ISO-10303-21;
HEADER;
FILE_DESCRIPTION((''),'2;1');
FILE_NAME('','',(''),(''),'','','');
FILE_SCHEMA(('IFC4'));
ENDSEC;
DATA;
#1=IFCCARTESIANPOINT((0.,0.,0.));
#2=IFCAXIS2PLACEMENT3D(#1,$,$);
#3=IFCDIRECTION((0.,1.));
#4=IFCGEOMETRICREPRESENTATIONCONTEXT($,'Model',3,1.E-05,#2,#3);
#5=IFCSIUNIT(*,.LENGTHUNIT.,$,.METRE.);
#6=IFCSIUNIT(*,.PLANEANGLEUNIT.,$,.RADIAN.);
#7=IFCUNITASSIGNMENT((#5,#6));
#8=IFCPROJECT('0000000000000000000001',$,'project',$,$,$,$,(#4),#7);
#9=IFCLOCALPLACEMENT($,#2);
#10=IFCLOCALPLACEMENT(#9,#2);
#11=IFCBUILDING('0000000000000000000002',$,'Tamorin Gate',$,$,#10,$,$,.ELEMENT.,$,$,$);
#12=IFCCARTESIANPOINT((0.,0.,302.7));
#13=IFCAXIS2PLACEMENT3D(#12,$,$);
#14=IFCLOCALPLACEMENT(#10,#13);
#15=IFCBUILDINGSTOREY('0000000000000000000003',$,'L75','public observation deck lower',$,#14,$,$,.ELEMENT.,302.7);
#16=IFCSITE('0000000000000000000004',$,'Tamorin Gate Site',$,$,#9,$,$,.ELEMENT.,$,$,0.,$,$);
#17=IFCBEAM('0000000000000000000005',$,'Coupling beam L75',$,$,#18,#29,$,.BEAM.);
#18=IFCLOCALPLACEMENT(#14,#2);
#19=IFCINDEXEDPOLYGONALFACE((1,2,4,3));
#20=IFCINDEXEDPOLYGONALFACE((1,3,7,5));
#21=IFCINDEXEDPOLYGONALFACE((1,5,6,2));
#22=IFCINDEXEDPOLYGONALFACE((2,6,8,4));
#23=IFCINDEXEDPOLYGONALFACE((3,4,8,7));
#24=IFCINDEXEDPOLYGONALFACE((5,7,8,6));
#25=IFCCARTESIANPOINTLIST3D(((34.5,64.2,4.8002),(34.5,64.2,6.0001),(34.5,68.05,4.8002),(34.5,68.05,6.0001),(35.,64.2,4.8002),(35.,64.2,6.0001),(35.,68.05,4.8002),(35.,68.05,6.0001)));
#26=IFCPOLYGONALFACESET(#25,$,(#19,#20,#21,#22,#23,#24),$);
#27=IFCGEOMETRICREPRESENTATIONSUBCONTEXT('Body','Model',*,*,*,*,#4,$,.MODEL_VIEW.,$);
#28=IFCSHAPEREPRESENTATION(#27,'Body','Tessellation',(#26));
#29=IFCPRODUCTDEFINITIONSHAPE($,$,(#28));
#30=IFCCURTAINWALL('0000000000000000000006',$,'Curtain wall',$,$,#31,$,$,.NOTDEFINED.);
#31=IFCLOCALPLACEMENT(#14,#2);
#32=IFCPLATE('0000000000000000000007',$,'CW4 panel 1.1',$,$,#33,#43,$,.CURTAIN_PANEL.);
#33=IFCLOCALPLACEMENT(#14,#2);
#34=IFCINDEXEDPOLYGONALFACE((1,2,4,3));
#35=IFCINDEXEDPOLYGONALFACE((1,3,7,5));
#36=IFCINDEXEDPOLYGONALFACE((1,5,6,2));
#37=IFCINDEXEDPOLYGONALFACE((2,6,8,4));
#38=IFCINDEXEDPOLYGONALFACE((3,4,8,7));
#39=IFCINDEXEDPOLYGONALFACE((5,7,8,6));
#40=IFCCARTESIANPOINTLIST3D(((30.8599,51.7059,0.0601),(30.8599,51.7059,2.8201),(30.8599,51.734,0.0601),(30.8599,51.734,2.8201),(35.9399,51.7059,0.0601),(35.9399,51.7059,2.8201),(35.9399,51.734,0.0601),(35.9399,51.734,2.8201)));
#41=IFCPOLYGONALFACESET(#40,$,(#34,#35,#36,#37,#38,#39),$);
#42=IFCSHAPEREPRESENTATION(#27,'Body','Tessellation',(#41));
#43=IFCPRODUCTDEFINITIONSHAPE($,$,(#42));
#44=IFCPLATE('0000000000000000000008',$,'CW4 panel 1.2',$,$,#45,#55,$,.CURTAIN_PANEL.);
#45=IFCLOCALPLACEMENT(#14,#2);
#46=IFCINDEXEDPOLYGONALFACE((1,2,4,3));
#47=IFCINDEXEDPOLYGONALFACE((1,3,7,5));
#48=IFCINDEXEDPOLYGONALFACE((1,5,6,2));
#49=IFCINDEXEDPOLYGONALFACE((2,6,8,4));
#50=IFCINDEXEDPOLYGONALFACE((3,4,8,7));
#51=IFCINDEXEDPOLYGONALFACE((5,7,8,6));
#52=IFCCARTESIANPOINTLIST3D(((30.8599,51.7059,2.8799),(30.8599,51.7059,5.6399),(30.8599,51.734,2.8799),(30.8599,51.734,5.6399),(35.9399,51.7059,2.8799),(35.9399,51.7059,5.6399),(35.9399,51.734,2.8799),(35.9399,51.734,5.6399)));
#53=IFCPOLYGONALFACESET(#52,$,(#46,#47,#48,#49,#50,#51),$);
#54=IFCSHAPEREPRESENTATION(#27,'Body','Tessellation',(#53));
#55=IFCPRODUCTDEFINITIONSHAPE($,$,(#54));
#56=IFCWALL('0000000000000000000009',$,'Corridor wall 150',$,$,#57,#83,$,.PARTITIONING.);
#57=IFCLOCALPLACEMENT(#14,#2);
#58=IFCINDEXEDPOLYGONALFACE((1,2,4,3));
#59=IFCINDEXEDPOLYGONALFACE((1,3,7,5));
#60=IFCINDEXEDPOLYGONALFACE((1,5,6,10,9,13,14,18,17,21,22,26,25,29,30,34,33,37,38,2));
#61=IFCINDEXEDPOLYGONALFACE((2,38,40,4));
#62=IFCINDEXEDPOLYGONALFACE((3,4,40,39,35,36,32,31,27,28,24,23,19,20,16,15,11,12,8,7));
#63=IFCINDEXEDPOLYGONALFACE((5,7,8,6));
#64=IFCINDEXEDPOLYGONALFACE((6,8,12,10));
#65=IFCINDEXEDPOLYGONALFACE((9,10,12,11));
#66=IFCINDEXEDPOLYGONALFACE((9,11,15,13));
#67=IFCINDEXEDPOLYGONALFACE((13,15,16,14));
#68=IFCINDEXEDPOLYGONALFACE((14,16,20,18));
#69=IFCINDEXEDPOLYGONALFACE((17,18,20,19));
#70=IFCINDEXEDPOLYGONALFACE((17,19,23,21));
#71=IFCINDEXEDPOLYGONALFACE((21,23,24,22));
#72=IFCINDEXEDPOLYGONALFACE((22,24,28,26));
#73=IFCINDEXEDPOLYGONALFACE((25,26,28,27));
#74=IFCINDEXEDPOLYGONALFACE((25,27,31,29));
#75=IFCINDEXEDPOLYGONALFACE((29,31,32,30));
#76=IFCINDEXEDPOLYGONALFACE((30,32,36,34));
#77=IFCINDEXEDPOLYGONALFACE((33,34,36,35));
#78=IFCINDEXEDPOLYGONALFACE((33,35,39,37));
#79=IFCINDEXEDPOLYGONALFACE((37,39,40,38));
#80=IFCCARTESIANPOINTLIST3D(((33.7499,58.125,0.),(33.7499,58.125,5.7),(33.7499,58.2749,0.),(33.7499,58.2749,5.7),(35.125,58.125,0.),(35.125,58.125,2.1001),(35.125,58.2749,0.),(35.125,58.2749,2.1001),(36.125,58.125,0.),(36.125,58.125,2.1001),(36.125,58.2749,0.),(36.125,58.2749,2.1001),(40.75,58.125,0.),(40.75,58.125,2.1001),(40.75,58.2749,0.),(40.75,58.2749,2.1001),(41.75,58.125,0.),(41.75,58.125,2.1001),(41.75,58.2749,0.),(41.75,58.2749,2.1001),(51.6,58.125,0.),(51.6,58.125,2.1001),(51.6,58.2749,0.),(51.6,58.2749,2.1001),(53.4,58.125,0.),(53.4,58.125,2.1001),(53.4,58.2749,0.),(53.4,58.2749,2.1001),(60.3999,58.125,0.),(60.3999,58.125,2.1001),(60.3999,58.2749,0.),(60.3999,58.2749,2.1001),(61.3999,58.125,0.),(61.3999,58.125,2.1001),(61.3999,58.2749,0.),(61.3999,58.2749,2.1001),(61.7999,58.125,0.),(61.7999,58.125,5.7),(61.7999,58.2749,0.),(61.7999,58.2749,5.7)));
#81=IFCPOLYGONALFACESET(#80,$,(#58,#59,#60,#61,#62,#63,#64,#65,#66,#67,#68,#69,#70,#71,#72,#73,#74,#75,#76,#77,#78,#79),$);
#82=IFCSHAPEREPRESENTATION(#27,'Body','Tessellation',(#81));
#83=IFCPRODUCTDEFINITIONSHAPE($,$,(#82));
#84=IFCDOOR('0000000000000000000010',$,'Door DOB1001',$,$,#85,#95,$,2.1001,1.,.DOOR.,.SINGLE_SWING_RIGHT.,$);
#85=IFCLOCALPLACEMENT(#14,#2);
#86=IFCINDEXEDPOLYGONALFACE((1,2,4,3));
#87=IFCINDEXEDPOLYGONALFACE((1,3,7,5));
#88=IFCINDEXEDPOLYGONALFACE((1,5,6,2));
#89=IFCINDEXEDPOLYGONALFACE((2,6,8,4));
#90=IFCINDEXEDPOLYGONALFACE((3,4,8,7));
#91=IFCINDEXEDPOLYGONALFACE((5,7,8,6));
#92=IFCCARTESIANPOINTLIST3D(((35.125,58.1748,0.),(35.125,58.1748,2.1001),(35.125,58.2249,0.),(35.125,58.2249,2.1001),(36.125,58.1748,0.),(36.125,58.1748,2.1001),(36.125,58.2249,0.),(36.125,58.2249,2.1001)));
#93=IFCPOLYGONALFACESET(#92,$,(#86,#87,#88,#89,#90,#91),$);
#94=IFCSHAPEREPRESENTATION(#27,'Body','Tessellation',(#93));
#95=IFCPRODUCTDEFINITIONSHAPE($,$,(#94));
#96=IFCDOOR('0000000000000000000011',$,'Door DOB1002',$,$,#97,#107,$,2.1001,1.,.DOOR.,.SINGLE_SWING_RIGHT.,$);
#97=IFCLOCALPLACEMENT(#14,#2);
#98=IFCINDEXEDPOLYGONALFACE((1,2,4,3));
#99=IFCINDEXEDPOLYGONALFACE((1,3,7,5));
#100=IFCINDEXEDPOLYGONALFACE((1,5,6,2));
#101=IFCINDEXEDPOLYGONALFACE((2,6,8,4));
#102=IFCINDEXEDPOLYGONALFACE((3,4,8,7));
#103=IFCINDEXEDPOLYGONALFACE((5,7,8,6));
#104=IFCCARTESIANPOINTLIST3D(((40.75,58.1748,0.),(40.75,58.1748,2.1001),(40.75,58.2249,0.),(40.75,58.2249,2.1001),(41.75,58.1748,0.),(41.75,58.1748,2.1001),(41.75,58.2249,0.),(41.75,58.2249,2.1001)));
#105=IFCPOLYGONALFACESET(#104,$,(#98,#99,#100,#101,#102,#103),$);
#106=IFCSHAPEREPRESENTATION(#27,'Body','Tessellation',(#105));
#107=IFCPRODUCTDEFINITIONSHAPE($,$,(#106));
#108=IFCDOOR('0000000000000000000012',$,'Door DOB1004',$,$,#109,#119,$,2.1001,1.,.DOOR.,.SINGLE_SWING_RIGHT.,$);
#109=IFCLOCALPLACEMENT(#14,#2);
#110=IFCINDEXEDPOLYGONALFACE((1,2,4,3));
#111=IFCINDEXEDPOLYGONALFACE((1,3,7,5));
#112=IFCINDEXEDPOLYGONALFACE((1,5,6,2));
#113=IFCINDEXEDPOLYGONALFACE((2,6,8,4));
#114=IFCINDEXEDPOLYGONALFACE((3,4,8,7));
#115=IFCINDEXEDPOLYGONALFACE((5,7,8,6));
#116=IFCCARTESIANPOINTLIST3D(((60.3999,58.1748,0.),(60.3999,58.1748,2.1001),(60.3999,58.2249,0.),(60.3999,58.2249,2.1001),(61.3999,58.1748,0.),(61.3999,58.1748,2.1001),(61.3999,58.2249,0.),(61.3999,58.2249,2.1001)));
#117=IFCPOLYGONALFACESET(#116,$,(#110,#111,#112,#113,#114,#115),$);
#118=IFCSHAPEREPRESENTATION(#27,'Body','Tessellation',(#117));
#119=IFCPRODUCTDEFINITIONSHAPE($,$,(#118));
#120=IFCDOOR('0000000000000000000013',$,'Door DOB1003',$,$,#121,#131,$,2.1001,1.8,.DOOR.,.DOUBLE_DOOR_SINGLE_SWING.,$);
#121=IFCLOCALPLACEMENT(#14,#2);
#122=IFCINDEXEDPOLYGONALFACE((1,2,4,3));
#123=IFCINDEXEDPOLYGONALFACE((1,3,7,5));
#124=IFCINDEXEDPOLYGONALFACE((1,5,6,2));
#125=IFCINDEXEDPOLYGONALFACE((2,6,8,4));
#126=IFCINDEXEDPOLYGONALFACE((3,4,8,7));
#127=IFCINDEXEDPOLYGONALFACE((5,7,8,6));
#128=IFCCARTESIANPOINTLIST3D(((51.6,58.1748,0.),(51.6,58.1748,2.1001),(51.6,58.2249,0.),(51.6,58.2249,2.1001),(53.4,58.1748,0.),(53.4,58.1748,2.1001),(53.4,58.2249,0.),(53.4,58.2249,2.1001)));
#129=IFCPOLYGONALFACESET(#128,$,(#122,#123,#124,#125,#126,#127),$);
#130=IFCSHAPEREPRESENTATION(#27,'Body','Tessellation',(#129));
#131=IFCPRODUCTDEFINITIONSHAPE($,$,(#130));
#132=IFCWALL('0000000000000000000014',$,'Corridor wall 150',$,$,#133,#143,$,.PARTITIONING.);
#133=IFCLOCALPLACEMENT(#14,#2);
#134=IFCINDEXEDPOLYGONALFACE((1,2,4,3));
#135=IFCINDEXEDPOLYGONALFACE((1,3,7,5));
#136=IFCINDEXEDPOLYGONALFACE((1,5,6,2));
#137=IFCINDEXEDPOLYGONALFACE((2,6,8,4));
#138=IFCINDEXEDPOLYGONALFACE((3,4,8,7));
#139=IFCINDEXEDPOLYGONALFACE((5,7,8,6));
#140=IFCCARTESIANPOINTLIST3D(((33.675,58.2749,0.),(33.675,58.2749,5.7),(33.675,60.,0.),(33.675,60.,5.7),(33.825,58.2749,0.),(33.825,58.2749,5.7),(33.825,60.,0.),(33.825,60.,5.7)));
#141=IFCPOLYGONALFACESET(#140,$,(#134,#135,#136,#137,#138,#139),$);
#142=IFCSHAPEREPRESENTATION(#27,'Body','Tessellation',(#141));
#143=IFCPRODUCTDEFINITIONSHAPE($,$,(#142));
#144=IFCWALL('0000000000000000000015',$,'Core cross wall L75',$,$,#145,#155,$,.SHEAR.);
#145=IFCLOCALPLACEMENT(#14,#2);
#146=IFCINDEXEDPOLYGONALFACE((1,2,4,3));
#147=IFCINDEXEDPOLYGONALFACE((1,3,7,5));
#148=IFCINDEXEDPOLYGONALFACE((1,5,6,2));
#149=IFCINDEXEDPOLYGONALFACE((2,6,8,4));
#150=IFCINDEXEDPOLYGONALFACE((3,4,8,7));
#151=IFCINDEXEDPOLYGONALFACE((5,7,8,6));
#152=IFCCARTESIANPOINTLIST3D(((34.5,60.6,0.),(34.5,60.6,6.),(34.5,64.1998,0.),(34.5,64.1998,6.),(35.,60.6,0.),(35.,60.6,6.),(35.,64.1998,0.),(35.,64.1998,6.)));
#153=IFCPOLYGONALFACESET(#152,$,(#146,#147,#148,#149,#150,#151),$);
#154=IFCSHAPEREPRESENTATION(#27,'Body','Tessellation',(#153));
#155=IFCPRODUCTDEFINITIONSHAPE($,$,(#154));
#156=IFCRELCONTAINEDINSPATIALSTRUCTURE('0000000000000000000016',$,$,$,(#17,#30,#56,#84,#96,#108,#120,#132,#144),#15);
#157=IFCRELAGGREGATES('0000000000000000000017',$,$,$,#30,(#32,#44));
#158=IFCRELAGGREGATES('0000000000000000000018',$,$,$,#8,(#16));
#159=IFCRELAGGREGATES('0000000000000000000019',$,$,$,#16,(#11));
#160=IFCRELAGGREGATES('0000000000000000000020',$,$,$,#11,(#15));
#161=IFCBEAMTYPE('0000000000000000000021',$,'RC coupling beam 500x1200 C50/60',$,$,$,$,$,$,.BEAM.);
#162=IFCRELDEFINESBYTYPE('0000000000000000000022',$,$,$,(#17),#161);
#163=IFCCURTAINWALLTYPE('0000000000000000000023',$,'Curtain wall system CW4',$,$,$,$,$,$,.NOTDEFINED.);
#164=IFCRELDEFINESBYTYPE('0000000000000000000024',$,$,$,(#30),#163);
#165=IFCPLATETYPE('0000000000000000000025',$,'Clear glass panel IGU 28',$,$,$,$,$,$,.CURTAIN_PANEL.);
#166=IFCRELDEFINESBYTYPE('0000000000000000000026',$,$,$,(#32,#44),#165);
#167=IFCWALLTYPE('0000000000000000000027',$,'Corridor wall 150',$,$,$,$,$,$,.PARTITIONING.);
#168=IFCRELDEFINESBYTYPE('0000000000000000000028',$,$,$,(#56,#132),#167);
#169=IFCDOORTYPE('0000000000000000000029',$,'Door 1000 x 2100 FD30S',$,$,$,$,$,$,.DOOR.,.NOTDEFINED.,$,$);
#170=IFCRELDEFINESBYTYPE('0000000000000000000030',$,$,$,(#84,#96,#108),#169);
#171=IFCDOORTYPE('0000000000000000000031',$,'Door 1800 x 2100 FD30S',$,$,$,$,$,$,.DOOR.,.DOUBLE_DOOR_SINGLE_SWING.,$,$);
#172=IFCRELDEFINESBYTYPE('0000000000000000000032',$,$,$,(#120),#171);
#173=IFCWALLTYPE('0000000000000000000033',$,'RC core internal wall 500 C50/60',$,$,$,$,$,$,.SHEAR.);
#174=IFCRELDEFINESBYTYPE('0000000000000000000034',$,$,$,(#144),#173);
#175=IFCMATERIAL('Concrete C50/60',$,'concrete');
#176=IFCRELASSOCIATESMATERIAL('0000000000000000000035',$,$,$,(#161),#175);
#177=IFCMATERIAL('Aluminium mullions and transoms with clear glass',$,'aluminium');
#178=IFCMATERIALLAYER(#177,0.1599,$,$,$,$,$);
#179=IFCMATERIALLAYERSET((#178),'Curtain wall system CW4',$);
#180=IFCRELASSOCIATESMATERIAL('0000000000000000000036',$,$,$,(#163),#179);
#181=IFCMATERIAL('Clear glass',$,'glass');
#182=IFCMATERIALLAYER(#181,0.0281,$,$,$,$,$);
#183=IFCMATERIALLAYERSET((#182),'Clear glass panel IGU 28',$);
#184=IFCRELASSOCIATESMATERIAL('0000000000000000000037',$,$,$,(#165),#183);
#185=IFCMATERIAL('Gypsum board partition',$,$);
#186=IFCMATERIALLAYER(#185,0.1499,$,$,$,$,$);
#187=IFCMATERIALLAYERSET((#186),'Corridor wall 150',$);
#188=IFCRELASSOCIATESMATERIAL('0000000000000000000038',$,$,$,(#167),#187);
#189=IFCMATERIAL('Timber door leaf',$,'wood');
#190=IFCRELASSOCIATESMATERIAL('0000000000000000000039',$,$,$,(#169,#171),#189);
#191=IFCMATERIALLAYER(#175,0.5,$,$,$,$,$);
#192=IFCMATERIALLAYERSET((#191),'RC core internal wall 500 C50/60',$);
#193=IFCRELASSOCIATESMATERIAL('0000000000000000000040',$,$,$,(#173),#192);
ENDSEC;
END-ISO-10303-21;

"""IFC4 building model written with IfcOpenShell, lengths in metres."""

from ifc_helpers import new_model, si_unit, direction, frame, frame_2d, origin, origin_2d, place, context, subcontext, project, spatial, rectangle, extrude, material, layer, layer_set, material_profile, profile_set, type_object, element, fill, aggregate, save


model = new_model("IFC4")

# Units and contexts
model_context = context("Model", 3, precision=1e-05, world=origin(), true_north=direction((0.0, 1.0)))
body_context = subcontext(model_context, "Body", "Model", "MODEL_VIEW")
ifc_project = project(units=[si_unit("LENGTHUNIT", "METRE"), si_unit("PLANEANGLEUNIT", "RADIAN")], contexts=[model_context])

# Site, building, storey
site_placement = place(None, origin())
site = spatial("IfcSite", under=ifc_project, at=site_placement, Name="Tamorin Gate Site", CompositionType="ELEMENT", RefElevation=0.0)
building_placement = place(site_placement, origin())
building = spatial("IfcBuilding", under=site, at=building_placement, Name="Tamorin Gate", CompositionType="ELEMENT")
storey_placement = place(building_placement, frame((0.0, 0.0, 302.7)))
storey = spatial("IfcBuildingStorey", under=building, at=storey_placement, Name="L75", Description="public observation deck lower", CompositionType="ELEMENT", Elevation=302.7)

# Beam
ifc_material_1 = material(Name="Concrete C50/60", Category="concrete")
ifc_material_profile = material_profile(ifc_material_1, rectangle(XDim=0.5, YDim=1.2, at=origin_2d()), Name="RC 500x1200")
ifc_profile_set = profile_set([ifc_material_profile], Name="Concrete C50/60")
beam_type = type_object("IfcBeamType", Name="RC coupling beam 500x1200 C50/60", PredefinedType="BEAM", material=ifc_profile_set)
beam_placement = place(storey_placement, frame((34.75, 64.2, 5.4001), z_axis=(0.0, 1.0, 0.0), x_axis=(-1.0, 0.0, 0.0)))
element("IfcBeam", 1, at=beam_placement, inside=storey, type_object=beam_type, Name="Coupling beam L75", PredefinedType="BEAM", context=body_context, shape_type="SweptSolid", body=[
    extrude(rectangle(XDim=0.5, YDim=1.2, at=origin_2d()), origin(), (0.0, 0.0, 1.0), 3.8501),
])

# Curtain wall, plates
ifc_material_2 = material(Name="Aluminium mullions and transoms with clear glass", Category="aluminium")
ifc_layer_1 = layer(ifc_material_2, 0.1599)
ifc_layer_set_1 = layer_set([ifc_layer_1], Name="Curtain wall system CW4")
curtain_wall_type = type_object("IfcCurtainWallType", Name="Curtain wall system CW4", PredefinedType="NOTDEFINED", material=ifc_layer_set_1)
curtain_wall_placement = place(storey_placement, origin())
curtain_wall = element("IfcCurtainWall", 2, at=curtain_wall_placement, inside=storey, type_object=curtain_wall_type, Name="Curtain wall", PredefinedType="NOTDEFINED")
ifc_material_3 = material(Name="Clear glass", Category="glass")
ifc_layer_2 = layer(ifc_material_3, 0.0281)
ifc_layer_set_2 = layer_set([ifc_layer_2], Name="Clear glass panel IGU 28")
plate_type = type_object("IfcPlateType", Name="Clear glass panel IGU 28", PredefinedType="CURTAIN_PANEL", material=ifc_layer_set_2)
plate_1_placement = place(storey_placement, frame((33.3999, 51.72, 0.0601), z_axis=(0.0, 0.0, 1.0), x_axis=(1.0, 0.0, 0.0)))
plate_1 = element("IfcPlate", 3, at=plate_1_placement, type_object=plate_type, Name="CW4 panel 1.1", PredefinedType="CURTAIN_PANEL", context=body_context, shape_type="SweptSolid", body=[
    extrude(rectangle(XDim=5.0801, YDim=0.0281, at=origin_2d()), origin(), (0.0, 0.0, 1.0), 2.76),
])
plate_2_placement = place(storey_placement, frame((33.3999, 51.72, 2.8799), z_axis=(0.0, 0.0, 1.0), x_axis=(1.0, 0.0, 0.0)))
plate_2 = element("IfcPlate", 4, at=plate_2_placement, type_object=plate_type, Name="CW4 panel 1.2", PredefinedType="CURTAIN_PANEL", context=body_context, shape_type="SweptSolid", body=[
    extrude(rectangle(XDim=5.0801, YDim=0.0281, at=origin_2d()), origin(), (0.0, 0.0, 1.0), 2.76),
])
aggregate(curtain_wall, [plate_1, plate_2])

# Wall, openings, doors
ifc_material_4 = material(Name="Gypsum board partition")
ifc_layer_3 = layer(ifc_material_4, 0.1499)
ifc_layer_set_3 = layer_set([ifc_layer_3], Name="Corridor wall 150")
wall_type_1 = type_object("IfcWallType", Name="Corridor wall 150", PredefinedType="PARTITIONING", material=ifc_layer_set_3)
wall_1_placement = place(storey_placement, frame((33.75, 58.2, 0.0), z_axis=(0.0, 0.0, 1.0), x_axis=(1.0, 0.0, 0.0)))
wall_1 = element("IfcWall", 5, at=wall_1_placement, inside=storey, type_object=wall_type_1, Name="Corridor wall 150", PredefinedType="PARTITIONING", context=body_context, shape_type="SweptSolid", body=[
    extrude(rectangle(XDim=28.05, YDim=0.1499, at=frame_2d((14.0249, 0.0))), origin(), (0.0, 0.0, 1.0), 5.7),
])
opening_1_placement = place(wall_1_placement, frame((1.375, 0.0, 0.0)))
opening_1 = element("IfcOpeningElement", 6, at=opening_1_placement, cuts=wall_1, PredefinedType="OPENING", context=body_context, shape_type="SweptSolid", body=[
    extrude(rectangle(XDim=1.0, YDim=2.1001, at=frame_2d((0.5, 1.05))), frame((0.0, 0.085, 0.0), z_axis=(0.0, -1.0, 0.0), x_axis=(1.0, 0.0, 0.0)), (0.0, 0.0, 1.0), 0.1699),
])
opening_2_placement = place(wall_1_placement, frame((7.0, 0.0, 0.0)))
opening_2 = element("IfcOpeningElement", 7, at=opening_2_placement, cuts=wall_1, PredefinedType="OPENING", context=body_context, shape_type="SweptSolid", body=[
    extrude(rectangle(XDim=1.0, YDim=2.1001, at=frame_2d((0.5, 1.05))), frame((0.0, 0.085, 0.0), z_axis=(0.0, -1.0, 0.0), x_axis=(1.0, 0.0, 0.0)), (0.0, 0.0, 1.0), 0.1699),
])
opening_3_placement = place(wall_1_placement, frame((17.8501, 0.0, 0.0)))
opening_3 = element("IfcOpeningElement", 8, at=opening_3_placement, cuts=wall_1, PredefinedType="OPENING", context=body_context, shape_type="SweptSolid", body=[
    extrude(rectangle(XDim=1.8, YDim=2.1001, at=frame_2d((0.8999, 1.05))), frame((0.0, 0.085, 0.0), z_axis=(0.0, -1.0, 0.0), x_axis=(1.0, 0.0, 0.0)), (0.0, 0.0, 1.0), 0.1699),
])
opening_4_placement = place(wall_1_placement, frame((26.6499, 0.0, 0.0)))
opening_4 = element("IfcOpeningElement", 9, at=opening_4_placement, cuts=wall_1, PredefinedType="OPENING", context=body_context, shape_type="SweptSolid", body=[
    extrude(rectangle(XDim=1.0, YDim=2.1001, at=frame_2d((0.5, 1.05))), frame((0.0, 0.085, 0.0), z_axis=(0.0, -1.0, 0.0), x_axis=(1.0, 0.0, 0.0)), (0.0, 0.0, 1.0), 0.1699),
])
ifc_material_5 = material(Name="Timber door leaf", Category="wood")
door_type_1 = type_object("IfcDoorType", Name="Door 1000 x 2100 FD30S", OperationType="NOTDEFINED", PredefinedType="DOOR", material=ifc_material_5)
door_1_placement = place(opening_1_placement, origin())
door_1 = element("IfcDoor", 10, at=door_1_placement, inside=storey, type_object=door_type_1, Name="Door DOB1001", OperationType="SINGLE_SWING_RIGHT", OverallHeight=2.1001, OverallWidth=1.0, PredefinedType="DOOR", context=body_context, shape_type="SweptSolid", body=[
    extrude(rectangle(XDim=1.0, YDim=2.1001, at=frame_2d((0.5, 1.05))), frame((0.0, 0.0249, 0.0), z_axis=(0.0, -1.0, 0.0), x_axis=(1.0, 0.0, 0.0)), (0.0, 0.0, 1.0), 0.05),
])
fill(opening_1, door_1)
door_2_placement = place(opening_2_placement, origin())
door_2 = element("IfcDoor", 11, at=door_2_placement, inside=storey, type_object=door_type_1, Name="Door DOB1002", OperationType="SINGLE_SWING_RIGHT", OverallHeight=2.1001, OverallWidth=1.0, PredefinedType="DOOR", context=body_context, shape_type="SweptSolid", body=[
    extrude(rectangle(XDim=1.0, YDim=2.1001, at=frame_2d((0.5, 1.05))), frame((0.0, 0.0249, 0.0), z_axis=(0.0, -1.0, 0.0), x_axis=(1.0, 0.0, 0.0)), (0.0, 0.0, 1.0), 0.05),
])
fill(opening_2, door_2)
door_3_placement = place(opening_4_placement, origin())
door_3 = element("IfcDoor", 12, at=door_3_placement, inside=storey, type_object=door_type_1, Name="Door DOB1004", OperationType="SINGLE_SWING_RIGHT", OverallHeight=2.1001, OverallWidth=1.0, PredefinedType="DOOR", context=body_context, shape_type="SweptSolid", body=[
    extrude(rectangle(XDim=1.0, YDim=2.1001, at=frame_2d((0.5, 1.05))), frame((0.0, 0.0249, 0.0), z_axis=(0.0, -1.0, 0.0), x_axis=(1.0, 0.0, 0.0)), (0.0, 0.0, 1.0), 0.05),
])
fill(opening_4, door_3)
door_type_2 = type_object("IfcDoorType", Name="Door 1800 x 2100 FD30S", OperationType="DOUBLE_DOOR_SINGLE_SWING", PredefinedType="DOOR", material=ifc_material_5)
door_4_placement = place(opening_3_placement, origin())
door_4 = element("IfcDoor", 13, at=door_4_placement, inside=storey, type_object=door_type_2, Name="Door DOB1003", OperationType="DOUBLE_DOOR_SINGLE_SWING", OverallHeight=2.1001, OverallWidth=1.8, PredefinedType="DOOR", context=body_context, shape_type="SweptSolid", body=[
    extrude(rectangle(XDim=1.8, YDim=2.1001, at=frame_2d((0.8999, 1.05))), frame((0.0, 0.0249, 0.0), z_axis=(0.0, -1.0, 0.0), x_axis=(1.0, 0.0, 0.0)), (0.0, 0.0, 1.0), 0.05),
])
fill(opening_3, door_4)

# Walls
wall_2_placement = place(storey_placement, frame((33.75, 58.2749, 0.0), z_axis=(0.0, 0.0, 1.0), x_axis=(0.0, 1.0, 0.0)))
element("IfcWall", 14, at=wall_2_placement, inside=storey, type_object=wall_type_1, Name="Corridor wall 150", PredefinedType="PARTITIONING", context=body_context, shape_type="SweptSolid", body=[
    extrude(rectangle(XDim=1.7251, YDim=0.1499, at=frame_2d((0.8625, 0.0))), origin(), (0.0, 0.0, 1.0), 5.7),
])
ifc_layer_4 = layer(ifc_material_1, 0.5)
ifc_layer_set_4 = layer_set([ifc_layer_4], Name="RC core internal wall 500 C50/60")
wall_type_2 = type_object("IfcWallType", Name="RC core internal wall 500 C50/60", PredefinedType="SHEAR", material=ifc_layer_set_4)
wall_3_placement = place(storey_placement, frame((34.75, 60.6001, 0.0), z_axis=(0.0, 0.0, 1.0), x_axis=(0.0, 1.0, 0.0)))
element("IfcWall", 15, at=wall_3_placement, inside=storey, type_object=wall_type_2, Name="Core cross wall L75", PredefinedType="SHEAR", context=body_context, shape_type="SweptSolid", body=[
    extrude(rectangle(XDim=3.5999, YDim=0.5, at=frame_2d((1.7998, 0.0))), origin(), (0.0, 0.0, 1.0), 6.0),
])

save(model, "model.ifc")
